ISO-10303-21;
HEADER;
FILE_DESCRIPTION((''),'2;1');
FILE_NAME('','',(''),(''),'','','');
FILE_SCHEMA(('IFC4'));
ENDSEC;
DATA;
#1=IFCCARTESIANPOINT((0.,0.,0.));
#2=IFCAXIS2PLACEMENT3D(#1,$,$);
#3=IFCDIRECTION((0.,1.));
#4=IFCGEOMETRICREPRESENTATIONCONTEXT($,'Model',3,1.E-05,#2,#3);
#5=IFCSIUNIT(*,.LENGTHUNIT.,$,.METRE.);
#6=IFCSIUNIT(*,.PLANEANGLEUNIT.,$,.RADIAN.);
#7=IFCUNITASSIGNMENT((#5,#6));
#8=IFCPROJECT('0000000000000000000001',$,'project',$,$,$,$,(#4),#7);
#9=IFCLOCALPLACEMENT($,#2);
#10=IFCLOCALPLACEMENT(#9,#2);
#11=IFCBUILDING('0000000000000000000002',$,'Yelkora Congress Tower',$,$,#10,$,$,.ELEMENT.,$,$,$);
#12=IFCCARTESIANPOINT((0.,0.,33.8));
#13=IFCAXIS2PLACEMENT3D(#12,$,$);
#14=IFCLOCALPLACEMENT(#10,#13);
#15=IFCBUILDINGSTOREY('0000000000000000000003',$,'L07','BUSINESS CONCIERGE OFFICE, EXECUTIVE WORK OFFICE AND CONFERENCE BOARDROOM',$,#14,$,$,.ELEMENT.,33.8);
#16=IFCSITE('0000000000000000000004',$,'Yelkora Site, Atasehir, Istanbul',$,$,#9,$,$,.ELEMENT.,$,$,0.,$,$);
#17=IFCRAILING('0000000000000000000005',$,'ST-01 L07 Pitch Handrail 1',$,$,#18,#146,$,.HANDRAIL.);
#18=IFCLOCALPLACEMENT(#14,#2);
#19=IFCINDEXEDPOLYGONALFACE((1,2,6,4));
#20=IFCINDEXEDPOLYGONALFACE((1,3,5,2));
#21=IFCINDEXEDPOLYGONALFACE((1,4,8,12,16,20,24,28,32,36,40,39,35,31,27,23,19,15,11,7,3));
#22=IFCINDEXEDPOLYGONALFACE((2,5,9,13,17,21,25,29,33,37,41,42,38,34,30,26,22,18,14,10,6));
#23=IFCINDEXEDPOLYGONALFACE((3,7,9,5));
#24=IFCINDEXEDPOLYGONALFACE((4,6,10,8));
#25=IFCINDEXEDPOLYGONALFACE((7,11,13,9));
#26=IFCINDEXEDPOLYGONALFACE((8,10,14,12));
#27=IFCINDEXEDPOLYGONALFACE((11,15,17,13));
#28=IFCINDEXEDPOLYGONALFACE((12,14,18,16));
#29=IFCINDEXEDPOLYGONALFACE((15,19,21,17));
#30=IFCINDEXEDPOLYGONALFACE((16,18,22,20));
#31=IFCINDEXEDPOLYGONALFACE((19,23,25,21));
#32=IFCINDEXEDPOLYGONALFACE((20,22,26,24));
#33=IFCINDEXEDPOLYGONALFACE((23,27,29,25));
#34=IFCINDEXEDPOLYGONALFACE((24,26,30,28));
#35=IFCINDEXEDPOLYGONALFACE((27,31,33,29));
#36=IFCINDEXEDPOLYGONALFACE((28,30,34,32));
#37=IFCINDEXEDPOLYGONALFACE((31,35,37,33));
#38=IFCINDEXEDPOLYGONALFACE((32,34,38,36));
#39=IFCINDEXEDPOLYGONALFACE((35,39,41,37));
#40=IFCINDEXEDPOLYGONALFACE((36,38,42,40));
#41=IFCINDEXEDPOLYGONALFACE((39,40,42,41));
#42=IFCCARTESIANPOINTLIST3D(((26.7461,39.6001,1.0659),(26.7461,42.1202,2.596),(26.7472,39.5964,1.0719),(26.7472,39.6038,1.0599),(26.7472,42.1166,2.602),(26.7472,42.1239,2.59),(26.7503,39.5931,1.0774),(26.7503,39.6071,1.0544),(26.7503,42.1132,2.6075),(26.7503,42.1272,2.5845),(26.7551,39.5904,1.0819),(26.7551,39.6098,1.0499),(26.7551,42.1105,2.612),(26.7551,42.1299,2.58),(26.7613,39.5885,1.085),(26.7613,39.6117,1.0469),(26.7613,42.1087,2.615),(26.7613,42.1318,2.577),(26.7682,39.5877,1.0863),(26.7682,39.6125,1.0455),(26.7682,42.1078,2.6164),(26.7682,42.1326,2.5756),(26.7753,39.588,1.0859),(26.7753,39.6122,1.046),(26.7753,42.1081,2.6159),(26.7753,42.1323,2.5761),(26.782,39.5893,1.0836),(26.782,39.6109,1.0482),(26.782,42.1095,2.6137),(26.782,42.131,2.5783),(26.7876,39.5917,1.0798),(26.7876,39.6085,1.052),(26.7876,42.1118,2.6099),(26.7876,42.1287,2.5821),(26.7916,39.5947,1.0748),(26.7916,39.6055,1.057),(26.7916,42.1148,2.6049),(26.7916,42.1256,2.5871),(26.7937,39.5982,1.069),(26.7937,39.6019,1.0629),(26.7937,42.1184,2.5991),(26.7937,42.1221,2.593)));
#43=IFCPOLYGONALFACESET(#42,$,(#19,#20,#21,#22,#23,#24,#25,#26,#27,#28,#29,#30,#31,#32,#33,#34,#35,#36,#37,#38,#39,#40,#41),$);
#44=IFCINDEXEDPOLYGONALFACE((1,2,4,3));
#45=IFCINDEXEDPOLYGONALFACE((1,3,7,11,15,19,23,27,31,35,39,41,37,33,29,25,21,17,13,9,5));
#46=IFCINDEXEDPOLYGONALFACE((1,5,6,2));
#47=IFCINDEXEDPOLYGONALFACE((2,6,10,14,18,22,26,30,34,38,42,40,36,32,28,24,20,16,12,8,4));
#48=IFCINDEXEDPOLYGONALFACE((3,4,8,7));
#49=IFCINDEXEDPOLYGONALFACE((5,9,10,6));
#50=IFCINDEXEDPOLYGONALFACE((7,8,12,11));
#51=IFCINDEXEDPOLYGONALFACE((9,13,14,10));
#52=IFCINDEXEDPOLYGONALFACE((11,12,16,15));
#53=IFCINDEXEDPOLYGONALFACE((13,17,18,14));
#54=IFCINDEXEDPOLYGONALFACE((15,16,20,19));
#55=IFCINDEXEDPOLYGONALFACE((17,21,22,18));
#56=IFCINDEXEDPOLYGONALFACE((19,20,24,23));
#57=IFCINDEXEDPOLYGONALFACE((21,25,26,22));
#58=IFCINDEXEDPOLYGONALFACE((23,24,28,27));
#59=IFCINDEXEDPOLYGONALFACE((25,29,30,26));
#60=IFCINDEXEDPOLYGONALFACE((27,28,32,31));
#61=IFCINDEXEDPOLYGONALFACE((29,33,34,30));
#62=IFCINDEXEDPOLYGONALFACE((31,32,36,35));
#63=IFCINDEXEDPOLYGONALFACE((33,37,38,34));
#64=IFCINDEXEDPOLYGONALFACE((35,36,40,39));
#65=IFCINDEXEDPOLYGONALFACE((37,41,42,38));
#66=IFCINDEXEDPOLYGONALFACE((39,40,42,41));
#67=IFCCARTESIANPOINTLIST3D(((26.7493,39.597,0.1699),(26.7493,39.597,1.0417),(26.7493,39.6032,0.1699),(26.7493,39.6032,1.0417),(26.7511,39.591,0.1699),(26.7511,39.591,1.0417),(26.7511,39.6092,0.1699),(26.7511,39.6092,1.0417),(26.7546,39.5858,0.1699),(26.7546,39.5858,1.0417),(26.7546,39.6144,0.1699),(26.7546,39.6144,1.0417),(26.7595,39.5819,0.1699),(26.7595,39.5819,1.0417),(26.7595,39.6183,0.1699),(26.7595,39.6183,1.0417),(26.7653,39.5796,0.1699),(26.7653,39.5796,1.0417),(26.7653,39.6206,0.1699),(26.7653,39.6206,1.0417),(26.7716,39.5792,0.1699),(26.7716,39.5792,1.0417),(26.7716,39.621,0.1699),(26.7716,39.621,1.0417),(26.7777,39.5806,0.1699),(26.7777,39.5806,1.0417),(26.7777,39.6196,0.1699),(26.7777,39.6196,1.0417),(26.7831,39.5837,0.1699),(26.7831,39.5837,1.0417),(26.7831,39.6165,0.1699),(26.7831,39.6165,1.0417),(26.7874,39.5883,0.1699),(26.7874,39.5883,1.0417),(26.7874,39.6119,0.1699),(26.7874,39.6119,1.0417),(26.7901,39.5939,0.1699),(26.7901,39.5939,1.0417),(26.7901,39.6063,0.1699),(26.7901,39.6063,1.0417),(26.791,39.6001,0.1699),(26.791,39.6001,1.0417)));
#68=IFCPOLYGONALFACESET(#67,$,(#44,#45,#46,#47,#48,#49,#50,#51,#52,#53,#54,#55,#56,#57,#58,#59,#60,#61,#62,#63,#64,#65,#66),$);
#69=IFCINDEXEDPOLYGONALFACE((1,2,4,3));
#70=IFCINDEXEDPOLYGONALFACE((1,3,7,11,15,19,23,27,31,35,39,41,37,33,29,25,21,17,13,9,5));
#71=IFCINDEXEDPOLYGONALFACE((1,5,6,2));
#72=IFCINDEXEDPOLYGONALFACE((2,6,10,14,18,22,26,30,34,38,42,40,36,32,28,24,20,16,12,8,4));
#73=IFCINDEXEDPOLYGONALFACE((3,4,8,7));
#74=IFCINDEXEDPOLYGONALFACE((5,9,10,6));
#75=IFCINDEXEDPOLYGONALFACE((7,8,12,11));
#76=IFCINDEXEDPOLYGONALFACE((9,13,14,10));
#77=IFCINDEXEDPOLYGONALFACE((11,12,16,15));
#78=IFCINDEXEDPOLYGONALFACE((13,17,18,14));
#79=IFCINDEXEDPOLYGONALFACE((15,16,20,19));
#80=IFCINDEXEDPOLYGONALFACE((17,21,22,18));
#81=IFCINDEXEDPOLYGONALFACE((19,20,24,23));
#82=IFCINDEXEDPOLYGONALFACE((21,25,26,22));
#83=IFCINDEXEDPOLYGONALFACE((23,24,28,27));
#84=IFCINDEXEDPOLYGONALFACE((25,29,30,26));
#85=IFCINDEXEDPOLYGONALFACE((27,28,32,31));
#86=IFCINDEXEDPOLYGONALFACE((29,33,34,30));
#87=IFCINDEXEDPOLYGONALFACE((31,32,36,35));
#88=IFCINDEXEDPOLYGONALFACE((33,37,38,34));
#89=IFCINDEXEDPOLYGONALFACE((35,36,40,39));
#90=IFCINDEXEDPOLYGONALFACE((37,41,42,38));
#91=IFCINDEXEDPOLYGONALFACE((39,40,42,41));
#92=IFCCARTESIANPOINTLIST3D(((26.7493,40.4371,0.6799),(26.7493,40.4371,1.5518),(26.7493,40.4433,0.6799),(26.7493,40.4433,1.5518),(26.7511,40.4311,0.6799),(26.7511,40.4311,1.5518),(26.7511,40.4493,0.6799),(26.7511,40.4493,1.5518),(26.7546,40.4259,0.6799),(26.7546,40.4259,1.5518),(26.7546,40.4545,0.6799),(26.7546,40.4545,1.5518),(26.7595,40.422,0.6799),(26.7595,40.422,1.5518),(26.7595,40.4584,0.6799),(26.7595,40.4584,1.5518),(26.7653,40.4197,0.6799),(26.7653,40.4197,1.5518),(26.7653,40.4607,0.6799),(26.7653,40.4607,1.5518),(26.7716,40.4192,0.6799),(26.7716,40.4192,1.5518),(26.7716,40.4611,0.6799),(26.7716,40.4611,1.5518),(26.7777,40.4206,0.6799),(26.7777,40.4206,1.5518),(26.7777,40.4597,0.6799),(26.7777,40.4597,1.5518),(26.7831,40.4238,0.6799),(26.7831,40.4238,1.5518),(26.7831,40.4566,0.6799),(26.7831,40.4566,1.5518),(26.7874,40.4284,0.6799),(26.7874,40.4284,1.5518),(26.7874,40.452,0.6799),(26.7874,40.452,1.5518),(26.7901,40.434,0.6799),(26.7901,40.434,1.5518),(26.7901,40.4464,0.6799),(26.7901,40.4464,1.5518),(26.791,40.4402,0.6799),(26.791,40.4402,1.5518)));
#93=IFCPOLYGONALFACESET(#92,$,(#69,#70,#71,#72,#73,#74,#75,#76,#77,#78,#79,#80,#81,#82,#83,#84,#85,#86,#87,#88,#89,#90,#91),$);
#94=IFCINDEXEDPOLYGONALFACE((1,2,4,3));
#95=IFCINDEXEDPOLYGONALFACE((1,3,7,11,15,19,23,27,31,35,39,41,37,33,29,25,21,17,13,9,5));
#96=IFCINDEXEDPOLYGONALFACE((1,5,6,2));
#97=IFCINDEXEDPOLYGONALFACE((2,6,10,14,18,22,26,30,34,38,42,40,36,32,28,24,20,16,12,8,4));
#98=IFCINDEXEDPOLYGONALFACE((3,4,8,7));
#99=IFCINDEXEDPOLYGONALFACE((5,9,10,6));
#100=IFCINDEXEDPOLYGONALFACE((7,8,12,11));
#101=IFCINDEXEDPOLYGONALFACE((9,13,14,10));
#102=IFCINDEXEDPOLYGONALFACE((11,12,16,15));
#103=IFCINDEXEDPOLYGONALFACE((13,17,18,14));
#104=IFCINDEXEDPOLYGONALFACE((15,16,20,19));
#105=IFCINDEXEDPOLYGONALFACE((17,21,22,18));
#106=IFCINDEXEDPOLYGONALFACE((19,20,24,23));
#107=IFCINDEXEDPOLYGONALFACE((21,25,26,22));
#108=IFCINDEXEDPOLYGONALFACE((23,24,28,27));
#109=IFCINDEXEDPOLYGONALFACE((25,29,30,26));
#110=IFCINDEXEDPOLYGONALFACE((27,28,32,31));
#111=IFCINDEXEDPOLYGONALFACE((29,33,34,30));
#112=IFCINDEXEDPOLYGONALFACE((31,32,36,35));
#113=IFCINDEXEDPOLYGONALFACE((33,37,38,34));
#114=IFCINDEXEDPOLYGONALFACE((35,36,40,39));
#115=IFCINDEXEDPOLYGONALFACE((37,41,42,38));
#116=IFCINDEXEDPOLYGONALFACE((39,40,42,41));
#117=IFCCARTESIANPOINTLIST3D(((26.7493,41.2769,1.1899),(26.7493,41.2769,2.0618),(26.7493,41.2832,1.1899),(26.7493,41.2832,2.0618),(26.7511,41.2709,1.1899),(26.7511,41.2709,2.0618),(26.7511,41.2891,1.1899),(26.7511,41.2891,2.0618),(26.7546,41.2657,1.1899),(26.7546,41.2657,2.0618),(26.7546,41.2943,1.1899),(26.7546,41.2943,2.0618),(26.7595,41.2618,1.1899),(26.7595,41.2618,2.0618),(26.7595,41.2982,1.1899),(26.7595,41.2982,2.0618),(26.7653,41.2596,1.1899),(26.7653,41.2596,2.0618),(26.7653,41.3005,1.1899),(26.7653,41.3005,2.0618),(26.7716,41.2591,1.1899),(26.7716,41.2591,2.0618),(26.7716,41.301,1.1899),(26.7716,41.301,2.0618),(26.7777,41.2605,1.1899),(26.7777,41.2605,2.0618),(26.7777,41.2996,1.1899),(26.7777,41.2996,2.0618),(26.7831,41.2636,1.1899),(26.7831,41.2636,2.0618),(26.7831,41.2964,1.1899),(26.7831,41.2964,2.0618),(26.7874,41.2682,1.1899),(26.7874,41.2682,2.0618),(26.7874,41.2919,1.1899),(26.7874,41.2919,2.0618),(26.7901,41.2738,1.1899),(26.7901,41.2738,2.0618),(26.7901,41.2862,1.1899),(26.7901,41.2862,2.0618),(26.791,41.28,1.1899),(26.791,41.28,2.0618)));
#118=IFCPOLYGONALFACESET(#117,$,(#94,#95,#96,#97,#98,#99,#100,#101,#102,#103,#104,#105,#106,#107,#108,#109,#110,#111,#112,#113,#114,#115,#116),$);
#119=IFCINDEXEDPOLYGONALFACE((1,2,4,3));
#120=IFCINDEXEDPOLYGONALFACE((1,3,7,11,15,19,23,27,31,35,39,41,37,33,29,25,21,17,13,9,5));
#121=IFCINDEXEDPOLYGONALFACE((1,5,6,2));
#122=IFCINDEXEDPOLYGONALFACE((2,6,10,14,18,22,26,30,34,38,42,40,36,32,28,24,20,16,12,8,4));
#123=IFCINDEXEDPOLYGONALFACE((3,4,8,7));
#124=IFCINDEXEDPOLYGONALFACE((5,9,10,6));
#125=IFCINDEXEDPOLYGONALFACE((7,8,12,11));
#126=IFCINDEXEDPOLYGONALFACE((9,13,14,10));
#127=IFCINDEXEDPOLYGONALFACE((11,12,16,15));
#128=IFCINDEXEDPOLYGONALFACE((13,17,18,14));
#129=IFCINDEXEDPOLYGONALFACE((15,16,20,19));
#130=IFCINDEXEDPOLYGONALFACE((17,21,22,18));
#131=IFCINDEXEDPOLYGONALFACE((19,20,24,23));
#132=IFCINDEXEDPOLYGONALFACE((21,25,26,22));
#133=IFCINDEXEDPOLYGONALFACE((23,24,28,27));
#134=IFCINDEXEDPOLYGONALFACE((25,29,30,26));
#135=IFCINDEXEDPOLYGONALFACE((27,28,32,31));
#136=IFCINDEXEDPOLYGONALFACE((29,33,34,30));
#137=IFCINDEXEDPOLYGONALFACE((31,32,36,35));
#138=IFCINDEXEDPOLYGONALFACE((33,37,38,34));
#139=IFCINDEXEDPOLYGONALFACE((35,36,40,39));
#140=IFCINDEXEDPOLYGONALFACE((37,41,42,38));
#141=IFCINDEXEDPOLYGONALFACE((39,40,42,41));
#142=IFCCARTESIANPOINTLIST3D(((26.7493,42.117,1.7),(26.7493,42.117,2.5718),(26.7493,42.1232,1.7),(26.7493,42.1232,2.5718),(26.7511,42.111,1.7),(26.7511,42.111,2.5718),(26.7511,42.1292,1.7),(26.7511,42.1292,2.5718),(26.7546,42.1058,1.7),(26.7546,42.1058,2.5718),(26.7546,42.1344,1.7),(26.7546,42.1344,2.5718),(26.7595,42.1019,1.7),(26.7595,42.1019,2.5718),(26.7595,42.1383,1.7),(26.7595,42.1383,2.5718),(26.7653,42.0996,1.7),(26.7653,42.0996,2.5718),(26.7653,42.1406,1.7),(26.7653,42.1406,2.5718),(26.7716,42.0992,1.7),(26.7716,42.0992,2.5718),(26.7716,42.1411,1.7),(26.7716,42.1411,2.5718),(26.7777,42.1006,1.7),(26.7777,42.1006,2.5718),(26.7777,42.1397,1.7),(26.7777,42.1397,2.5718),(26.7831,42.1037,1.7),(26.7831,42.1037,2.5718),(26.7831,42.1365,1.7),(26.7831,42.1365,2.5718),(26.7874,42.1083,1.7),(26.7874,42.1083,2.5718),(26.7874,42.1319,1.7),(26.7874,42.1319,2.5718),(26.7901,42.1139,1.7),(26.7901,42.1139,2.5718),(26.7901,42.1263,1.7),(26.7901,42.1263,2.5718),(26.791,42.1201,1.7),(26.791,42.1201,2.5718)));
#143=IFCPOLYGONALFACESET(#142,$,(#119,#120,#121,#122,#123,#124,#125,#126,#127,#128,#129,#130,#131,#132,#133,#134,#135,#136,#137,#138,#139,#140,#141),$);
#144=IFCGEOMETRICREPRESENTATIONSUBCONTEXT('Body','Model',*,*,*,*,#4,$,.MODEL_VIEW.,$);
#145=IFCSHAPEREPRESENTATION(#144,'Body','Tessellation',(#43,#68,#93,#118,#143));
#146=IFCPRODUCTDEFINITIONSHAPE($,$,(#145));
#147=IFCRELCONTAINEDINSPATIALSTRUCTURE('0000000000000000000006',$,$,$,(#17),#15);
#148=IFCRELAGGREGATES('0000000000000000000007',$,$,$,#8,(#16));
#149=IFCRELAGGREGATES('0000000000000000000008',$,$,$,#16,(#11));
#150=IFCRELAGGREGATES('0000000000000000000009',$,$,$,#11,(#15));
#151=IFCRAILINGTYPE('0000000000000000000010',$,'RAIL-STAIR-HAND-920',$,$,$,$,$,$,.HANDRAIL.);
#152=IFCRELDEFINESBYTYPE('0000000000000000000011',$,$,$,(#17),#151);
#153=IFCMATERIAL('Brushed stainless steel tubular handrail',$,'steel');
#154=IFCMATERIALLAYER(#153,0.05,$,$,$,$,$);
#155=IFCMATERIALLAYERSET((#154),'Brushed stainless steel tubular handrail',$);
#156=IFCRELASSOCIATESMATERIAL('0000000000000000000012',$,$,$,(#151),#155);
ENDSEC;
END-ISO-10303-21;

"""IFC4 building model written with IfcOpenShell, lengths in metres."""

from ifc_helpers import new_model, si_unit, direction, frame, origin, origin_2d, place, context, subcontext, project, spatial, circle, extrude, material, layer, layer_set, type_object, element, save


model = new_model("IFC4")

# Units and contexts
model_context = context("Model", 3, precision=1e-05, world=origin(), true_north=direction((0.0, 1.0)))
body_context = subcontext(model_context, "Body", "Model", "MODEL_VIEW")
ifc_project = project(units=[si_unit("LENGTHUNIT", "METRE"), si_unit("PLANEANGLEUNIT", "RADIAN")], contexts=[model_context])

# Site, building, storey
site_placement = place(None, origin())
site = spatial("IfcSite", under=ifc_project, at=site_placement, Name="Yelkora Site, Atasehir, Istanbul", CompositionType="ELEMENT", RefElevation=0.0)
building_placement = place(site_placement, origin())
building = spatial("IfcBuilding", under=site, at=building_placement, Name="Yelkora Congress Tower", CompositionType="ELEMENT")
storey_placement = place(building_placement, frame((0.0, 0.0, 33.8)))
storey = spatial("IfcBuildingStorey", under=building, at=storey_placement, Name="L07", Description="BUSINESS CONCIERGE OFFICE, EXECUTIVE WORK OFFICE AND CONFERENCE BOARDROOM", CompositionType="ELEMENT", Elevation=33.8)

# Railing
ifc_material_1 = material(Name="Brushed stainless steel tubular handrail", Category="steel")
ifc_layer_1 = layer(ifc_material_1, 0.05)
ifc_layer_set_1 = layer_set([ifc_layer_1], Name="Brushed stainless steel tubular handrail")
railing_type_1 = type_object("IfcRailingType", Name="RAIL-STAIR-HAND-920", PredefinedType="HANDRAIL", material=ifc_layer_set_1)
railing_1_placement = place(storey_placement, frame((26.77, 39.6001, 0.1699)))
element("IfcRailing", 1, at=railing_1_placement, inside=storey, type_object=railing_type_1, Name="ST-01 L07 Pitch Handrail 1", PredefinedType="HANDRAIL", context=body_context, shape_type="SweptSolid", body=[
    extrude(circle(Radius=0.0239, at=origin_2d()), frame((0.0, 0.0, 0.896), z_axis=(0.0, 0.854785, 0.518982), x_axis=(-1.0, 0.0, 0.0)), (0.0, 0.0, 1.0), 2.9482),
    extrude(circle(Radius=0.021, at=origin_2d()), origin(), (0.0, 0.0, 1.0), 0.8718),
    extrude(circle(Radius=0.021, at=origin_2d()), frame((0.0, 0.8401, 0.51)), (0.0, 0.0, 1.0), 0.8718),
    extrude(circle(Radius=0.021, at=origin_2d()), frame((0.0, 1.6799, 1.02)), (0.0, 0.0, 1.0), 0.8718),
    extrude(circle(Radius=0.021, at=origin_2d()), frame((0.0, 2.52, 1.53)), (0.0, 0.0, 1.0), 0.8718),
])

save(model, "model.ifc")
